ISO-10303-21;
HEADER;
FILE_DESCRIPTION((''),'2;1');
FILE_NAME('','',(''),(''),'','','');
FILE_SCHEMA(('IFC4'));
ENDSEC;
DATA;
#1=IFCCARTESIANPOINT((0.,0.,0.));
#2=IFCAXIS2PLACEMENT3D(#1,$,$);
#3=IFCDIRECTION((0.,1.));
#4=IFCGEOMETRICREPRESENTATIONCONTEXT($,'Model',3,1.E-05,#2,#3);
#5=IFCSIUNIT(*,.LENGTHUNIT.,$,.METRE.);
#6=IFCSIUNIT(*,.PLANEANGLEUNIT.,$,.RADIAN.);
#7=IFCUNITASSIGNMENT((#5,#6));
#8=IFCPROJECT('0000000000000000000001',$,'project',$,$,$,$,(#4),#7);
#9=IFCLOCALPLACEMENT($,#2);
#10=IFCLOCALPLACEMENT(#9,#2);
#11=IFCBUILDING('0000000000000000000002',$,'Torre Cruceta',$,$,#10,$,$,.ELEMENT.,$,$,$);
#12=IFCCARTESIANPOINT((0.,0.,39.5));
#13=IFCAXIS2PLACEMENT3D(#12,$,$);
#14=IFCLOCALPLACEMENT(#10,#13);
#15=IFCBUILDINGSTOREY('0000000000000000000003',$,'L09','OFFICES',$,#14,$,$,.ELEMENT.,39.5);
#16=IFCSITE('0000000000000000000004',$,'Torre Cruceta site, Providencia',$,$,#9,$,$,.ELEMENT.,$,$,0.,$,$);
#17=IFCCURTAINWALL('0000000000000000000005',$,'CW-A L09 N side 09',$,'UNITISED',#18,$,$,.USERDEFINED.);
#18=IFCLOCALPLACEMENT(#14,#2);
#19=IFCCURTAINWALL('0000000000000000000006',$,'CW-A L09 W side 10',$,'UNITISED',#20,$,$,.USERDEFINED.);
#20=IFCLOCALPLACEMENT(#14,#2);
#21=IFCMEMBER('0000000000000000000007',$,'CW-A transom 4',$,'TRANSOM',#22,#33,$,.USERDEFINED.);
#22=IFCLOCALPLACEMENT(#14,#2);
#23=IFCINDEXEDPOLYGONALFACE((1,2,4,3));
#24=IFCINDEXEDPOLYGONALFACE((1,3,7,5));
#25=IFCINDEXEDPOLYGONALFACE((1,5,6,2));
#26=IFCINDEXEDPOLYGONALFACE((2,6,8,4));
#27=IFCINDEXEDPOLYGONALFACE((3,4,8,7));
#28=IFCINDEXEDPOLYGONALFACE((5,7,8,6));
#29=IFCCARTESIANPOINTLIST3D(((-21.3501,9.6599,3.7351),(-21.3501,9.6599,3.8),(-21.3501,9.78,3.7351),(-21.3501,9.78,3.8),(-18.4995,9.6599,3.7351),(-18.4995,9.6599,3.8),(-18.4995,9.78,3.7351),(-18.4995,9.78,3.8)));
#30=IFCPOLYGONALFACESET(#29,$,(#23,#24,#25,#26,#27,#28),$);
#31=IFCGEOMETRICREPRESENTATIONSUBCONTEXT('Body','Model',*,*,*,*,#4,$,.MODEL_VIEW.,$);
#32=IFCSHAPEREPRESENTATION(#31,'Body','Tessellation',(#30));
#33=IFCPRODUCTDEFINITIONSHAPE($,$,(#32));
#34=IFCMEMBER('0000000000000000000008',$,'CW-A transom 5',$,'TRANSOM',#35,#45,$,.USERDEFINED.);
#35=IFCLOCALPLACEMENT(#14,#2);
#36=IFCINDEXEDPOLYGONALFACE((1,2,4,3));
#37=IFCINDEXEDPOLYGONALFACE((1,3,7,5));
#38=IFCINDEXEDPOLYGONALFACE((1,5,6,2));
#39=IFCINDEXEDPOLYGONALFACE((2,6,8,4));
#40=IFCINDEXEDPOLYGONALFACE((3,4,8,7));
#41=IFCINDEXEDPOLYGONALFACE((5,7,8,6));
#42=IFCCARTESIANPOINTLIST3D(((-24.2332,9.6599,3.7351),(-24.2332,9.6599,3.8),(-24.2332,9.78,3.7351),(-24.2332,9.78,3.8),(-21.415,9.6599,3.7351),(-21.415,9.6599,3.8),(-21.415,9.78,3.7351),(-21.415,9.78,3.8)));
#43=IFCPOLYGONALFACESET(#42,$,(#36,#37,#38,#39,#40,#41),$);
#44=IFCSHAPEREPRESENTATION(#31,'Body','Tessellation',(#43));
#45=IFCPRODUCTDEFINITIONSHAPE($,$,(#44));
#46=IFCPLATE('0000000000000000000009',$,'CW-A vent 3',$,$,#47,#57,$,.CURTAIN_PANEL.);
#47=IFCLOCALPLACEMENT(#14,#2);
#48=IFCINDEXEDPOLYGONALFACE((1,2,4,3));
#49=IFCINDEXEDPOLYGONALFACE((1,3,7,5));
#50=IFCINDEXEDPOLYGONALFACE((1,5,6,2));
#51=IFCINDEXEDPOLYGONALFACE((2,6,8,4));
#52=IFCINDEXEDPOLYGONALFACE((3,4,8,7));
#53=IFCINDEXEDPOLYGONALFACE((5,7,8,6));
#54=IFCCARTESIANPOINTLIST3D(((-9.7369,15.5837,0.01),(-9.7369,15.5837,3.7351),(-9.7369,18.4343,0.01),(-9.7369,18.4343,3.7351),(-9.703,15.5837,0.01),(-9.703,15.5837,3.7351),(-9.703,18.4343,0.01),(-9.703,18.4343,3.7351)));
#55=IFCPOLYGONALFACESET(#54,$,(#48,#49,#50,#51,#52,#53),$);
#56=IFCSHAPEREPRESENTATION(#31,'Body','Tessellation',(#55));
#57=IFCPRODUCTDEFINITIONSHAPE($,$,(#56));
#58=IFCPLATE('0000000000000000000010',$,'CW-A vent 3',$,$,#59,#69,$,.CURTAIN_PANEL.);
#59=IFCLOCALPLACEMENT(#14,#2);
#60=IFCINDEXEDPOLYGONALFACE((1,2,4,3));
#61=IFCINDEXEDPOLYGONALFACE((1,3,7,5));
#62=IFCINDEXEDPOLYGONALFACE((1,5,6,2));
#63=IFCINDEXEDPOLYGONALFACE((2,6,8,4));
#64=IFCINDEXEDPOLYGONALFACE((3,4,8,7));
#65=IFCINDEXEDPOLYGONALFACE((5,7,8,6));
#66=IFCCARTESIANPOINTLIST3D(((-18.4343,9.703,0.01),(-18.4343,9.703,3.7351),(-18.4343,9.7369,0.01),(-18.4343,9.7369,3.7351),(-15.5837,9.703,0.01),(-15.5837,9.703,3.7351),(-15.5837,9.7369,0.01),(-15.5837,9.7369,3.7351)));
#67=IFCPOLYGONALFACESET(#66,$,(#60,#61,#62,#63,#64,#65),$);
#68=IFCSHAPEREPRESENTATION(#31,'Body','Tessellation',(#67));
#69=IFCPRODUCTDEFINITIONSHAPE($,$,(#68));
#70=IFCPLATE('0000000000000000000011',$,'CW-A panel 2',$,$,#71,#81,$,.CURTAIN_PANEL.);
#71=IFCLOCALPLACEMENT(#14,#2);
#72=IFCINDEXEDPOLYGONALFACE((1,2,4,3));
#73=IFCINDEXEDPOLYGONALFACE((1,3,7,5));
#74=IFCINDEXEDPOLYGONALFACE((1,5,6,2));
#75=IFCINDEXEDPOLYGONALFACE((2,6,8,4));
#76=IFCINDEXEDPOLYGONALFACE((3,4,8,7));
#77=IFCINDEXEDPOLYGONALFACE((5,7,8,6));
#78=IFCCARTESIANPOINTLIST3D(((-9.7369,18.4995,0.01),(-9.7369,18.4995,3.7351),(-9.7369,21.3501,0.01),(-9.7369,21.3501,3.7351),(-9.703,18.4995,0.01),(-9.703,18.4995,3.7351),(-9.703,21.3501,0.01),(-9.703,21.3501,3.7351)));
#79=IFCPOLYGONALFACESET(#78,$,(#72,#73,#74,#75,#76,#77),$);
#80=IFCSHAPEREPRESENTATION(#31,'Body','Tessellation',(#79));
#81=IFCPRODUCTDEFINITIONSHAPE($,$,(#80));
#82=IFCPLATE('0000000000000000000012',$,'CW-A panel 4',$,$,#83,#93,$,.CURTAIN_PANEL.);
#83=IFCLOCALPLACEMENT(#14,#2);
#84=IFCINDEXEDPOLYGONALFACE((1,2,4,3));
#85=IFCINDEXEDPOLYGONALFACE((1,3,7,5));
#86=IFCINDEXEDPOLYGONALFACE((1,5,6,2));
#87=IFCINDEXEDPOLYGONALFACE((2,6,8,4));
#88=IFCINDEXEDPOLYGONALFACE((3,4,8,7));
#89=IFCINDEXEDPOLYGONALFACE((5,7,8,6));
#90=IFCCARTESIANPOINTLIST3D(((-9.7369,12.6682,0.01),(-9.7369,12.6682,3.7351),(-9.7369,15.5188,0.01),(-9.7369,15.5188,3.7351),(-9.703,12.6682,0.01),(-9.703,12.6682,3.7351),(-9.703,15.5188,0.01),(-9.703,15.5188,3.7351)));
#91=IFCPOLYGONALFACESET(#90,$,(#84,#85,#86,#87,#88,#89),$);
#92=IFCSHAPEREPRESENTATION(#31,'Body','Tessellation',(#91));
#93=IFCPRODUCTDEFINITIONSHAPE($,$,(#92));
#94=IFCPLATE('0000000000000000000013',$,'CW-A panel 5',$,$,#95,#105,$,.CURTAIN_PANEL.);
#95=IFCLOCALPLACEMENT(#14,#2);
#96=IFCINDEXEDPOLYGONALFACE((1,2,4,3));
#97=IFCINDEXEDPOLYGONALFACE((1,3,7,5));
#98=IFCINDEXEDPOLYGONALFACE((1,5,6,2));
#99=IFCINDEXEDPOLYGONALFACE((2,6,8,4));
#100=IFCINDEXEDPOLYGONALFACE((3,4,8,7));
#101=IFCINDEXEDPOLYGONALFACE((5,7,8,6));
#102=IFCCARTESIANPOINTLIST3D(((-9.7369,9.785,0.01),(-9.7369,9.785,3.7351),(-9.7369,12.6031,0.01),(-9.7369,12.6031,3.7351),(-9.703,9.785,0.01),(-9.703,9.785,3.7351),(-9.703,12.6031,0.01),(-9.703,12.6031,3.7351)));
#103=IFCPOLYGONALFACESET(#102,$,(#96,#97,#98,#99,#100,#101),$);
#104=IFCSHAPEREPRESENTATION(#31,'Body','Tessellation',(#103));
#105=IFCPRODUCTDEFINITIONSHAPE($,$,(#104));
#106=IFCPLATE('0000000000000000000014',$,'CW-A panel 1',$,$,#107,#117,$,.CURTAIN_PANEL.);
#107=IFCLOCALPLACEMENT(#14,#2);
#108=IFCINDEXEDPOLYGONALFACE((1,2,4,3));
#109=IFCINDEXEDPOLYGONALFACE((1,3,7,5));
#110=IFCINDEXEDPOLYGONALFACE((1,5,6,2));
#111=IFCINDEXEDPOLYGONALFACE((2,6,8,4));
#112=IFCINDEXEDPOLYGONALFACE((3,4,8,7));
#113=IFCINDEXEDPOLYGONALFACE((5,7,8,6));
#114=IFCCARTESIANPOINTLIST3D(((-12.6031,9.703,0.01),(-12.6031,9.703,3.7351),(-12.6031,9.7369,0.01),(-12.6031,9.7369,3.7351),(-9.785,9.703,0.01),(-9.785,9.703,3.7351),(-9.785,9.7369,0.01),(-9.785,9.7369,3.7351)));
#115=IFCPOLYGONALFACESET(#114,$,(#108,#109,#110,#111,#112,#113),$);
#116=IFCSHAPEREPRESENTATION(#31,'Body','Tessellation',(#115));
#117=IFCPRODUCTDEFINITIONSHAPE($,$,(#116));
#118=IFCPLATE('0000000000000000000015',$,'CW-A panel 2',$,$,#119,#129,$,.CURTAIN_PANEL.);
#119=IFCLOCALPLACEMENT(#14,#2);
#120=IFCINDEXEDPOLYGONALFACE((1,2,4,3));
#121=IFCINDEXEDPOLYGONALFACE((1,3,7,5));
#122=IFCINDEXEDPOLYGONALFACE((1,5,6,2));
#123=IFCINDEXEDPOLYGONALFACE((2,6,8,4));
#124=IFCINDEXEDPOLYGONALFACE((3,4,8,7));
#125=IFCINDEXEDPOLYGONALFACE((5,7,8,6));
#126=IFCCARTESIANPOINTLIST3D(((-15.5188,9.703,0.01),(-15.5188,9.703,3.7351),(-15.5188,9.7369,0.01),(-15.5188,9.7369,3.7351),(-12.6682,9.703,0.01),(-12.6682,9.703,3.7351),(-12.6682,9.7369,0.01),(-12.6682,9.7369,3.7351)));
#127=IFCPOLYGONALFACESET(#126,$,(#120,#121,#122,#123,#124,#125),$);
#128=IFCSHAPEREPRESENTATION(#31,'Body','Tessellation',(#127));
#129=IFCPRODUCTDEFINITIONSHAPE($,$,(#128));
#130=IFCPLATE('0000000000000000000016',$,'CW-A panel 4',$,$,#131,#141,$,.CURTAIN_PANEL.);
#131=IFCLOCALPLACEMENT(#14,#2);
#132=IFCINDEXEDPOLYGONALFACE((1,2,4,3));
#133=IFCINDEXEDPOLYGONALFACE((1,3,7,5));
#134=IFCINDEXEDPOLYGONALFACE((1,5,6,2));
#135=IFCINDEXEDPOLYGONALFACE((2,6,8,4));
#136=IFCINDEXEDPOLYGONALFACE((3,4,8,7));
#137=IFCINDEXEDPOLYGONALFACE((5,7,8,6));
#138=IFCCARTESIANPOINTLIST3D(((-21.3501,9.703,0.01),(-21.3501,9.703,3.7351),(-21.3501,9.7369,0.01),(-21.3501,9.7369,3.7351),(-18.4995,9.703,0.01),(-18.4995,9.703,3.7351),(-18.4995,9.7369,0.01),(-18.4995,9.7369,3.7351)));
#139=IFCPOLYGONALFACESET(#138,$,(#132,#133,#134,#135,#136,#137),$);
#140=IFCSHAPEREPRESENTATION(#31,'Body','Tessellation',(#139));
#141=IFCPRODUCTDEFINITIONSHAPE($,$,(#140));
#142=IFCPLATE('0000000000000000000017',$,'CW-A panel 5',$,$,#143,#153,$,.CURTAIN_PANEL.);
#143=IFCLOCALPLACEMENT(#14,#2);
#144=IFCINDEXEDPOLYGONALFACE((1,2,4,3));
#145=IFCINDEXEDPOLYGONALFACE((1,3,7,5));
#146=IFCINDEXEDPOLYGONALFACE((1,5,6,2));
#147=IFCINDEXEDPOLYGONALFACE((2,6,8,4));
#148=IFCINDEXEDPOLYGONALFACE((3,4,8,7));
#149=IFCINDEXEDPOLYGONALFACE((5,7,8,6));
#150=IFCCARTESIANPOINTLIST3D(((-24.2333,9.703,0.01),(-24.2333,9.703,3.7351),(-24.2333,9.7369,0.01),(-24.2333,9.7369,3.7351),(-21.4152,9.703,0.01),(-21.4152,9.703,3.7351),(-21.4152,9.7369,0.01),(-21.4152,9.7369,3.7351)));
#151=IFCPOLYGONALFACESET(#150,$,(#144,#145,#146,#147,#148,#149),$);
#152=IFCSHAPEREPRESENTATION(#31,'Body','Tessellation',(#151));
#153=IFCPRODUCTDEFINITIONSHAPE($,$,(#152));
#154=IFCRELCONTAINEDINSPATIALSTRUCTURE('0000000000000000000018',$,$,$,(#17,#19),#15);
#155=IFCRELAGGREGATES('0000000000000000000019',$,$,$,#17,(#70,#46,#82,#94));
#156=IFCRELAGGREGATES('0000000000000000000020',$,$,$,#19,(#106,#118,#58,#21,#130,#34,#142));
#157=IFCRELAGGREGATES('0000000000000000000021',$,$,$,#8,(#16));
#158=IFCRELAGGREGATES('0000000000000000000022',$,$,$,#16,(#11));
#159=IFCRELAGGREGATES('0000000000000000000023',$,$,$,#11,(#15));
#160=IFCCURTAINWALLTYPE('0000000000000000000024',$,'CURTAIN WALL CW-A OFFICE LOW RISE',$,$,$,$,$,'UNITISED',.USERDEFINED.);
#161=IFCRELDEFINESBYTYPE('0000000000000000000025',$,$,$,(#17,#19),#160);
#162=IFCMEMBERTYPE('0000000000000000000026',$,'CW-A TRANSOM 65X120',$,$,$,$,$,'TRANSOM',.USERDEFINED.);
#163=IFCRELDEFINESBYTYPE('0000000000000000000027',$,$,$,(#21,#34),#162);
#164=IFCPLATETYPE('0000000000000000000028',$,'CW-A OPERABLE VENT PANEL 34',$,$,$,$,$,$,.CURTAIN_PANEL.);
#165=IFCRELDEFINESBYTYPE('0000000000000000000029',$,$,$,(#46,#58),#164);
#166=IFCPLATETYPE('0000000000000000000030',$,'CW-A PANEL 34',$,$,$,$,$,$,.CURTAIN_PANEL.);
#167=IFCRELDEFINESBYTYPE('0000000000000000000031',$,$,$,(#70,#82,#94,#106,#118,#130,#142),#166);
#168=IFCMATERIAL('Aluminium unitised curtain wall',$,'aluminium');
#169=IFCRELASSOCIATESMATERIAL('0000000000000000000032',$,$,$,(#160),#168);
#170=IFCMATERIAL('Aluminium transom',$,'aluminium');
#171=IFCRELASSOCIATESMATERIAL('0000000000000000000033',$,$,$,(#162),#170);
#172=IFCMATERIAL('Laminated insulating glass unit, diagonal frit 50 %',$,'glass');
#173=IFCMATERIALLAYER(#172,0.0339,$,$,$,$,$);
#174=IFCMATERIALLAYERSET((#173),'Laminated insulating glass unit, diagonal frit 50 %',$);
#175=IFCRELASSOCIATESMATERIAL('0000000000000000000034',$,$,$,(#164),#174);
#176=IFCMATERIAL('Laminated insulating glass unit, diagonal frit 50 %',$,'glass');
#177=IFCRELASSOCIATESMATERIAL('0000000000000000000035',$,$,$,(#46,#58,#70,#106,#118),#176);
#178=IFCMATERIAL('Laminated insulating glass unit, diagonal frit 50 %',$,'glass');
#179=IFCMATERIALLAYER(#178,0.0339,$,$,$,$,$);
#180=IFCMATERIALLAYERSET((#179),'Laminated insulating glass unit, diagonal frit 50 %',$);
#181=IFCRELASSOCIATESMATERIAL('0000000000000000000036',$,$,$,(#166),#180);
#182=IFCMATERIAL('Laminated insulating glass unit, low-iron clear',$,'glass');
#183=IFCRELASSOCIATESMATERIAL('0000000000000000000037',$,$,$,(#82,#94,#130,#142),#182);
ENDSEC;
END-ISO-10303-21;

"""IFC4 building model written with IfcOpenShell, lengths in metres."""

from ifc_helpers import new_model, si_unit, direction, frame, origin, origin_2d, place, context, subcontext, project, spatial, rectangle, extrude, material, layer, layer_set, material_profile, profile_set, type_object, element, aggregate, save


model = new_model("IFC4")

# Units and contexts
model_context = context("Model", 3, precision=1e-05, world=origin(), true_north=direction((0.0, 1.0)))
body_context = subcontext(model_context, "Body", "Model", "MODEL_VIEW")
ifc_project = project(units=[si_unit("LENGTHUNIT", "METRE"), si_unit("PLANEANGLEUNIT", "RADIAN")], contexts=[model_context])

# Site, building, storey
site_placement = place(None, origin())
site = spatial("IfcSite", under=ifc_project, at=site_placement, Name="Torre Cruceta site, Providencia", CompositionType="ELEMENT", RefElevation=0.0)
building_placement = place(site_placement, origin())
building = spatial("IfcBuilding", under=site, at=building_placement, Name="Torre Cruceta", CompositionType="ELEMENT")
storey_placement = place(building_placement, frame((0.0, 0.0, 39.5)))
storey = spatial("IfcBuildingStorey", under=building, at=storey_placement, Name="L09", Description="OFFICES", CompositionType="ELEMENT", Elevation=39.5)

# Curtain walls
ifc_material_1 = material(Name="Aluminium unitised curtain wall", Category="aluminium")
curtain_wall_type = type_object("IfcCurtainWallType", Name="CURTAIN WALL CW-A OFFICE LOW RISE", ElementType="UNITISED", PredefinedType="USERDEFINED", material=ifc_material_1)
curtain_wall_1_placement = place(storey_placement, origin())
curtain_wall_1 = element("IfcCurtainWall", 1, at=curtain_wall_1_placement, inside=storey, type_object=curtain_wall_type, Name="CW-A L09 N side 09", ObjectType="UNITISED", PredefinedType="USERDEFINED")
curtain_wall_2_placement = place(storey_placement, origin())
curtain_wall_2 = element("IfcCurtainWall", 2, at=curtain_wall_2_placement, inside=storey, type_object=curtain_wall_type, Name="CW-A L09 W side 10", ObjectType="UNITISED", PredefinedType="USERDEFINED")

# Members
ifc_material_2 = material(Name="Aluminium transom", Category="aluminium")
ifc_material_profile_1 = material_profile(ifc_material_2, rectangle(XDim=0.1201, YDim=0.0649, at=origin_2d()), Name="AL 120X65")
ifc_profile_set_1 = profile_set([ifc_material_profile_1], Name="Aluminium transom")
member_type_1 = type_object("IfcMemberType", Name="CW-A TRANSOM 65X120", ElementType="TRANSOM", PredefinedType="USERDEFINED", material=ifc_profile_set_1)
member_1_placement = place(storey_placement, frame((-18.4995, 9.72, 3.7676), z_axis=(-1.0, 0.0, 0.0), x_axis=(0.0, -1.0, 0.0)))
member_1 = element("IfcMember", 3, at=member_1_placement, type_object=member_type_1, Name="CW-A transom 4", ObjectType="TRANSOM", PredefinedType="USERDEFINED", context=body_context, shape_type="SweptSolid", body=[
    extrude(rectangle(XDim=0.1201, YDim=0.0649, at=origin_2d()), origin(), (0.0, 0.0, 1.0), 2.8506),
])
member_2_placement = place(storey_placement, frame((-21.415, 9.72, 3.7676), z_axis=(-1.0, 0.0, 0.0), x_axis=(0.0, -1.0, 0.0)))
member_2 = element("IfcMember", 4, at=member_2_placement, type_object=member_type_1, Name="CW-A transom 5", ObjectType="TRANSOM", PredefinedType="USERDEFINED", context=body_context, shape_type="SweptSolid", body=[
    extrude(rectangle(XDim=0.1201, YDim=0.0649, at=origin_2d()), origin(), (0.0, 0.0, 1.0), 2.8181),
])

# Plates
ifc_material_3 = material(Name="Laminated insulating glass unit, diagonal frit 50 %", Category="glass")
ifc_material_4 = material(Name="Laminated insulating glass unit, diagonal frit 50 %", Category="glass")
ifc_layer_1 = layer(ifc_material_4, 0.0339)
ifc_layer_set_1 = layer_set([ifc_layer_1], Name="Laminated insulating glass unit, diagonal frit 50 %")
plate_type_1 = type_object("IfcPlateType", Name="CW-A OPERABLE VENT PANEL 34", PredefinedType="CURTAIN_PANEL", material=ifc_layer_set_1)
plate_1_placement = place(storey_placement, frame((-9.72, 17.009, 0.01), z_axis=(0.0, 0.0, 1.0), x_axis=(0.0, -1.0, 0.0)))
plate_1 = element("IfcPlate", 5, at=plate_1_placement, type_object=plate_type_1, material=ifc_material_3, Name="CW-A vent 3", PredefinedType="CURTAIN_PANEL", context=body_context, shape_type="SweptSolid", body=[
    extrude(rectangle(XDim=2.8506, YDim=0.0339, at=origin_2d()), origin(), (0.0, 0.0, 1.0), 3.7251),
])
plate_2_placement = place(storey_placement, frame((-17.009, 9.72, 0.01), z_axis=(0.0, 0.0, 1.0), x_axis=(-1.0, 0.0, 0.0)))
plate_2 = element("IfcPlate", 6, at=plate_2_placement, type_object=plate_type_1, material=ifc_material_3, Name="CW-A vent 3", PredefinedType="CURTAIN_PANEL", context=body_context, shape_type="SweptSolid", body=[
    extrude(rectangle(XDim=2.8506, YDim=0.0339, at=origin_2d()), origin(), (0.0, 0.0, 1.0), 3.7251),
])
ifc_material_5 = material(Name="Laminated insulating glass unit, diagonal frit 50 %", Category="glass")
ifc_layer_2 = layer(ifc_material_5, 0.0339)
ifc_layer_set_2 = layer_set([ifc_layer_2], Name="Laminated insulating glass unit, diagonal frit 50 %")
plate_type_2 = type_object("IfcPlateType", Name="CW-A PANEL 34", PredefinedType="CURTAIN_PANEL", material=ifc_layer_set_2)
plate_3_placement = place(storey_placement, frame((-9.72, 19.9248, 0.01), z_axis=(0.0, 0.0, 1.0), x_axis=(0.0, -1.0, 0.0)))
plate_3 = element("IfcPlate", 7, at=plate_3_placement, type_object=plate_type_2, material=ifc_material_3, Name="CW-A panel 2", PredefinedType="CURTAIN_PANEL", context=body_context, shape_type="SweptSolid", body=[
    extrude(rectangle(XDim=2.8506, YDim=0.0339, at=origin_2d()), origin(), (0.0, 0.0, 1.0), 3.7251),
])
ifc_material_6 = material(Name="Laminated insulating glass unit, low-iron clear", Category="glass")
plate_4_placement = place(storey_placement, frame((-9.72, 14.0935, 0.01), z_axis=(0.0, 0.0, 1.0), x_axis=(0.0, -1.0, 0.0)))
plate_4 = element("IfcPlate", 8, at=plate_4_placement, type_object=plate_type_2, material=ifc_material_6, Name="CW-A panel 4", PredefinedType="CURTAIN_PANEL", context=body_context, shape_type="SweptSolid", body=[
    extrude(rectangle(XDim=2.8506, YDim=0.0339, at=origin_2d()), origin(), (0.0, 0.0, 1.0), 3.7251),
])
plate_5_placement = place(storey_placement, frame((-9.72, 11.1941, 0.01), z_axis=(0.0, 0.0, 1.0), x_axis=(0.0, -1.0, 0.0)))
plate_5 = element("IfcPlate", 9, at=plate_5_placement, type_object=plate_type_2, material=ifc_material_6, Name="CW-A panel 5", PredefinedType="CURTAIN_PANEL", context=body_context, shape_type="SweptSolid", body=[
    extrude(rectangle(XDim=2.8181, YDim=0.0339, at=origin_2d()), origin(), (0.0, 0.0, 1.0), 3.7251),
])
aggregate(curtain_wall_1, [plate_3, plate_1, plate_4, plate_5])
plate_6_placement = place(storey_placement, frame((-11.1941, 9.72, 0.01), z_axis=(0.0, 0.0, 1.0), x_axis=(-1.0, 0.0, 0.0)))
plate_6 = element("IfcPlate", 10, at=plate_6_placement, type_object=plate_type_2, material=ifc_material_3, Name="CW-A panel 1", PredefinedType="CURTAIN_PANEL", context=body_context, shape_type="SweptSolid", body=[
    extrude(rectangle(XDim=2.8181, YDim=0.0339, at=origin_2d()), origin(), (0.0, 0.0, 1.0), 3.7251),
])
plate_7_placement = place(storey_placement, frame((-14.0935, 9.72, 0.01), z_axis=(0.0, 0.0, 1.0), x_axis=(-1.0, 0.0, 0.0)))
plate_7 = element("IfcPlate", 11, at=plate_7_placement, type_object=plate_type_2, material=ifc_material_3, Name="CW-A panel 2", PredefinedType="CURTAIN_PANEL", context=body_context, shape_type="SweptSolid", body=[
    extrude(rectangle(XDim=2.8506, YDim=0.0339, at=origin_2d()), origin(), (0.0, 0.0, 1.0), 3.7251),
])
plate_8_placement = place(storey_placement, frame((-19.9248, 9.72, 0.01), z_axis=(0.0, 0.0, 1.0), x_axis=(-1.0, 0.0, 0.0)))
plate_8 = element("IfcPlate", 12, at=plate_8_placement, type_object=plate_type_2, material=ifc_material_6, Name="CW-A panel 4", PredefinedType="CURTAIN_PANEL", context=body_context, shape_type="SweptSolid", body=[
    extrude(rectangle(XDim=2.8506, YDim=0.0339, at=origin_2d()), origin(), (0.0, 0.0, 1.0), 3.7251),
])
plate_9_placement = place(storey_placement, frame((-22.8242, 9.72, 0.01), z_axis=(0.0, 0.0, 1.0), x_axis=(-1.0, 0.0, 0.0)))
plate_9 = element("IfcPlate", 13, at=plate_9_placement, type_object=plate_type_2, material=ifc_material_6, Name="CW-A panel 5", PredefinedType="CURTAIN_PANEL", context=body_context, shape_type="SweptSolid", body=[
    extrude(rectangle(XDim=2.8181, YDim=0.0339, at=origin_2d()), origin(), (0.0, 0.0, 1.0), 3.7251),
])
aggregate(curtain_wall_2, [plate_6, plate_7, plate_2, member_1, plate_8, member_2, plate_9])

save(model, "model.ifc")
